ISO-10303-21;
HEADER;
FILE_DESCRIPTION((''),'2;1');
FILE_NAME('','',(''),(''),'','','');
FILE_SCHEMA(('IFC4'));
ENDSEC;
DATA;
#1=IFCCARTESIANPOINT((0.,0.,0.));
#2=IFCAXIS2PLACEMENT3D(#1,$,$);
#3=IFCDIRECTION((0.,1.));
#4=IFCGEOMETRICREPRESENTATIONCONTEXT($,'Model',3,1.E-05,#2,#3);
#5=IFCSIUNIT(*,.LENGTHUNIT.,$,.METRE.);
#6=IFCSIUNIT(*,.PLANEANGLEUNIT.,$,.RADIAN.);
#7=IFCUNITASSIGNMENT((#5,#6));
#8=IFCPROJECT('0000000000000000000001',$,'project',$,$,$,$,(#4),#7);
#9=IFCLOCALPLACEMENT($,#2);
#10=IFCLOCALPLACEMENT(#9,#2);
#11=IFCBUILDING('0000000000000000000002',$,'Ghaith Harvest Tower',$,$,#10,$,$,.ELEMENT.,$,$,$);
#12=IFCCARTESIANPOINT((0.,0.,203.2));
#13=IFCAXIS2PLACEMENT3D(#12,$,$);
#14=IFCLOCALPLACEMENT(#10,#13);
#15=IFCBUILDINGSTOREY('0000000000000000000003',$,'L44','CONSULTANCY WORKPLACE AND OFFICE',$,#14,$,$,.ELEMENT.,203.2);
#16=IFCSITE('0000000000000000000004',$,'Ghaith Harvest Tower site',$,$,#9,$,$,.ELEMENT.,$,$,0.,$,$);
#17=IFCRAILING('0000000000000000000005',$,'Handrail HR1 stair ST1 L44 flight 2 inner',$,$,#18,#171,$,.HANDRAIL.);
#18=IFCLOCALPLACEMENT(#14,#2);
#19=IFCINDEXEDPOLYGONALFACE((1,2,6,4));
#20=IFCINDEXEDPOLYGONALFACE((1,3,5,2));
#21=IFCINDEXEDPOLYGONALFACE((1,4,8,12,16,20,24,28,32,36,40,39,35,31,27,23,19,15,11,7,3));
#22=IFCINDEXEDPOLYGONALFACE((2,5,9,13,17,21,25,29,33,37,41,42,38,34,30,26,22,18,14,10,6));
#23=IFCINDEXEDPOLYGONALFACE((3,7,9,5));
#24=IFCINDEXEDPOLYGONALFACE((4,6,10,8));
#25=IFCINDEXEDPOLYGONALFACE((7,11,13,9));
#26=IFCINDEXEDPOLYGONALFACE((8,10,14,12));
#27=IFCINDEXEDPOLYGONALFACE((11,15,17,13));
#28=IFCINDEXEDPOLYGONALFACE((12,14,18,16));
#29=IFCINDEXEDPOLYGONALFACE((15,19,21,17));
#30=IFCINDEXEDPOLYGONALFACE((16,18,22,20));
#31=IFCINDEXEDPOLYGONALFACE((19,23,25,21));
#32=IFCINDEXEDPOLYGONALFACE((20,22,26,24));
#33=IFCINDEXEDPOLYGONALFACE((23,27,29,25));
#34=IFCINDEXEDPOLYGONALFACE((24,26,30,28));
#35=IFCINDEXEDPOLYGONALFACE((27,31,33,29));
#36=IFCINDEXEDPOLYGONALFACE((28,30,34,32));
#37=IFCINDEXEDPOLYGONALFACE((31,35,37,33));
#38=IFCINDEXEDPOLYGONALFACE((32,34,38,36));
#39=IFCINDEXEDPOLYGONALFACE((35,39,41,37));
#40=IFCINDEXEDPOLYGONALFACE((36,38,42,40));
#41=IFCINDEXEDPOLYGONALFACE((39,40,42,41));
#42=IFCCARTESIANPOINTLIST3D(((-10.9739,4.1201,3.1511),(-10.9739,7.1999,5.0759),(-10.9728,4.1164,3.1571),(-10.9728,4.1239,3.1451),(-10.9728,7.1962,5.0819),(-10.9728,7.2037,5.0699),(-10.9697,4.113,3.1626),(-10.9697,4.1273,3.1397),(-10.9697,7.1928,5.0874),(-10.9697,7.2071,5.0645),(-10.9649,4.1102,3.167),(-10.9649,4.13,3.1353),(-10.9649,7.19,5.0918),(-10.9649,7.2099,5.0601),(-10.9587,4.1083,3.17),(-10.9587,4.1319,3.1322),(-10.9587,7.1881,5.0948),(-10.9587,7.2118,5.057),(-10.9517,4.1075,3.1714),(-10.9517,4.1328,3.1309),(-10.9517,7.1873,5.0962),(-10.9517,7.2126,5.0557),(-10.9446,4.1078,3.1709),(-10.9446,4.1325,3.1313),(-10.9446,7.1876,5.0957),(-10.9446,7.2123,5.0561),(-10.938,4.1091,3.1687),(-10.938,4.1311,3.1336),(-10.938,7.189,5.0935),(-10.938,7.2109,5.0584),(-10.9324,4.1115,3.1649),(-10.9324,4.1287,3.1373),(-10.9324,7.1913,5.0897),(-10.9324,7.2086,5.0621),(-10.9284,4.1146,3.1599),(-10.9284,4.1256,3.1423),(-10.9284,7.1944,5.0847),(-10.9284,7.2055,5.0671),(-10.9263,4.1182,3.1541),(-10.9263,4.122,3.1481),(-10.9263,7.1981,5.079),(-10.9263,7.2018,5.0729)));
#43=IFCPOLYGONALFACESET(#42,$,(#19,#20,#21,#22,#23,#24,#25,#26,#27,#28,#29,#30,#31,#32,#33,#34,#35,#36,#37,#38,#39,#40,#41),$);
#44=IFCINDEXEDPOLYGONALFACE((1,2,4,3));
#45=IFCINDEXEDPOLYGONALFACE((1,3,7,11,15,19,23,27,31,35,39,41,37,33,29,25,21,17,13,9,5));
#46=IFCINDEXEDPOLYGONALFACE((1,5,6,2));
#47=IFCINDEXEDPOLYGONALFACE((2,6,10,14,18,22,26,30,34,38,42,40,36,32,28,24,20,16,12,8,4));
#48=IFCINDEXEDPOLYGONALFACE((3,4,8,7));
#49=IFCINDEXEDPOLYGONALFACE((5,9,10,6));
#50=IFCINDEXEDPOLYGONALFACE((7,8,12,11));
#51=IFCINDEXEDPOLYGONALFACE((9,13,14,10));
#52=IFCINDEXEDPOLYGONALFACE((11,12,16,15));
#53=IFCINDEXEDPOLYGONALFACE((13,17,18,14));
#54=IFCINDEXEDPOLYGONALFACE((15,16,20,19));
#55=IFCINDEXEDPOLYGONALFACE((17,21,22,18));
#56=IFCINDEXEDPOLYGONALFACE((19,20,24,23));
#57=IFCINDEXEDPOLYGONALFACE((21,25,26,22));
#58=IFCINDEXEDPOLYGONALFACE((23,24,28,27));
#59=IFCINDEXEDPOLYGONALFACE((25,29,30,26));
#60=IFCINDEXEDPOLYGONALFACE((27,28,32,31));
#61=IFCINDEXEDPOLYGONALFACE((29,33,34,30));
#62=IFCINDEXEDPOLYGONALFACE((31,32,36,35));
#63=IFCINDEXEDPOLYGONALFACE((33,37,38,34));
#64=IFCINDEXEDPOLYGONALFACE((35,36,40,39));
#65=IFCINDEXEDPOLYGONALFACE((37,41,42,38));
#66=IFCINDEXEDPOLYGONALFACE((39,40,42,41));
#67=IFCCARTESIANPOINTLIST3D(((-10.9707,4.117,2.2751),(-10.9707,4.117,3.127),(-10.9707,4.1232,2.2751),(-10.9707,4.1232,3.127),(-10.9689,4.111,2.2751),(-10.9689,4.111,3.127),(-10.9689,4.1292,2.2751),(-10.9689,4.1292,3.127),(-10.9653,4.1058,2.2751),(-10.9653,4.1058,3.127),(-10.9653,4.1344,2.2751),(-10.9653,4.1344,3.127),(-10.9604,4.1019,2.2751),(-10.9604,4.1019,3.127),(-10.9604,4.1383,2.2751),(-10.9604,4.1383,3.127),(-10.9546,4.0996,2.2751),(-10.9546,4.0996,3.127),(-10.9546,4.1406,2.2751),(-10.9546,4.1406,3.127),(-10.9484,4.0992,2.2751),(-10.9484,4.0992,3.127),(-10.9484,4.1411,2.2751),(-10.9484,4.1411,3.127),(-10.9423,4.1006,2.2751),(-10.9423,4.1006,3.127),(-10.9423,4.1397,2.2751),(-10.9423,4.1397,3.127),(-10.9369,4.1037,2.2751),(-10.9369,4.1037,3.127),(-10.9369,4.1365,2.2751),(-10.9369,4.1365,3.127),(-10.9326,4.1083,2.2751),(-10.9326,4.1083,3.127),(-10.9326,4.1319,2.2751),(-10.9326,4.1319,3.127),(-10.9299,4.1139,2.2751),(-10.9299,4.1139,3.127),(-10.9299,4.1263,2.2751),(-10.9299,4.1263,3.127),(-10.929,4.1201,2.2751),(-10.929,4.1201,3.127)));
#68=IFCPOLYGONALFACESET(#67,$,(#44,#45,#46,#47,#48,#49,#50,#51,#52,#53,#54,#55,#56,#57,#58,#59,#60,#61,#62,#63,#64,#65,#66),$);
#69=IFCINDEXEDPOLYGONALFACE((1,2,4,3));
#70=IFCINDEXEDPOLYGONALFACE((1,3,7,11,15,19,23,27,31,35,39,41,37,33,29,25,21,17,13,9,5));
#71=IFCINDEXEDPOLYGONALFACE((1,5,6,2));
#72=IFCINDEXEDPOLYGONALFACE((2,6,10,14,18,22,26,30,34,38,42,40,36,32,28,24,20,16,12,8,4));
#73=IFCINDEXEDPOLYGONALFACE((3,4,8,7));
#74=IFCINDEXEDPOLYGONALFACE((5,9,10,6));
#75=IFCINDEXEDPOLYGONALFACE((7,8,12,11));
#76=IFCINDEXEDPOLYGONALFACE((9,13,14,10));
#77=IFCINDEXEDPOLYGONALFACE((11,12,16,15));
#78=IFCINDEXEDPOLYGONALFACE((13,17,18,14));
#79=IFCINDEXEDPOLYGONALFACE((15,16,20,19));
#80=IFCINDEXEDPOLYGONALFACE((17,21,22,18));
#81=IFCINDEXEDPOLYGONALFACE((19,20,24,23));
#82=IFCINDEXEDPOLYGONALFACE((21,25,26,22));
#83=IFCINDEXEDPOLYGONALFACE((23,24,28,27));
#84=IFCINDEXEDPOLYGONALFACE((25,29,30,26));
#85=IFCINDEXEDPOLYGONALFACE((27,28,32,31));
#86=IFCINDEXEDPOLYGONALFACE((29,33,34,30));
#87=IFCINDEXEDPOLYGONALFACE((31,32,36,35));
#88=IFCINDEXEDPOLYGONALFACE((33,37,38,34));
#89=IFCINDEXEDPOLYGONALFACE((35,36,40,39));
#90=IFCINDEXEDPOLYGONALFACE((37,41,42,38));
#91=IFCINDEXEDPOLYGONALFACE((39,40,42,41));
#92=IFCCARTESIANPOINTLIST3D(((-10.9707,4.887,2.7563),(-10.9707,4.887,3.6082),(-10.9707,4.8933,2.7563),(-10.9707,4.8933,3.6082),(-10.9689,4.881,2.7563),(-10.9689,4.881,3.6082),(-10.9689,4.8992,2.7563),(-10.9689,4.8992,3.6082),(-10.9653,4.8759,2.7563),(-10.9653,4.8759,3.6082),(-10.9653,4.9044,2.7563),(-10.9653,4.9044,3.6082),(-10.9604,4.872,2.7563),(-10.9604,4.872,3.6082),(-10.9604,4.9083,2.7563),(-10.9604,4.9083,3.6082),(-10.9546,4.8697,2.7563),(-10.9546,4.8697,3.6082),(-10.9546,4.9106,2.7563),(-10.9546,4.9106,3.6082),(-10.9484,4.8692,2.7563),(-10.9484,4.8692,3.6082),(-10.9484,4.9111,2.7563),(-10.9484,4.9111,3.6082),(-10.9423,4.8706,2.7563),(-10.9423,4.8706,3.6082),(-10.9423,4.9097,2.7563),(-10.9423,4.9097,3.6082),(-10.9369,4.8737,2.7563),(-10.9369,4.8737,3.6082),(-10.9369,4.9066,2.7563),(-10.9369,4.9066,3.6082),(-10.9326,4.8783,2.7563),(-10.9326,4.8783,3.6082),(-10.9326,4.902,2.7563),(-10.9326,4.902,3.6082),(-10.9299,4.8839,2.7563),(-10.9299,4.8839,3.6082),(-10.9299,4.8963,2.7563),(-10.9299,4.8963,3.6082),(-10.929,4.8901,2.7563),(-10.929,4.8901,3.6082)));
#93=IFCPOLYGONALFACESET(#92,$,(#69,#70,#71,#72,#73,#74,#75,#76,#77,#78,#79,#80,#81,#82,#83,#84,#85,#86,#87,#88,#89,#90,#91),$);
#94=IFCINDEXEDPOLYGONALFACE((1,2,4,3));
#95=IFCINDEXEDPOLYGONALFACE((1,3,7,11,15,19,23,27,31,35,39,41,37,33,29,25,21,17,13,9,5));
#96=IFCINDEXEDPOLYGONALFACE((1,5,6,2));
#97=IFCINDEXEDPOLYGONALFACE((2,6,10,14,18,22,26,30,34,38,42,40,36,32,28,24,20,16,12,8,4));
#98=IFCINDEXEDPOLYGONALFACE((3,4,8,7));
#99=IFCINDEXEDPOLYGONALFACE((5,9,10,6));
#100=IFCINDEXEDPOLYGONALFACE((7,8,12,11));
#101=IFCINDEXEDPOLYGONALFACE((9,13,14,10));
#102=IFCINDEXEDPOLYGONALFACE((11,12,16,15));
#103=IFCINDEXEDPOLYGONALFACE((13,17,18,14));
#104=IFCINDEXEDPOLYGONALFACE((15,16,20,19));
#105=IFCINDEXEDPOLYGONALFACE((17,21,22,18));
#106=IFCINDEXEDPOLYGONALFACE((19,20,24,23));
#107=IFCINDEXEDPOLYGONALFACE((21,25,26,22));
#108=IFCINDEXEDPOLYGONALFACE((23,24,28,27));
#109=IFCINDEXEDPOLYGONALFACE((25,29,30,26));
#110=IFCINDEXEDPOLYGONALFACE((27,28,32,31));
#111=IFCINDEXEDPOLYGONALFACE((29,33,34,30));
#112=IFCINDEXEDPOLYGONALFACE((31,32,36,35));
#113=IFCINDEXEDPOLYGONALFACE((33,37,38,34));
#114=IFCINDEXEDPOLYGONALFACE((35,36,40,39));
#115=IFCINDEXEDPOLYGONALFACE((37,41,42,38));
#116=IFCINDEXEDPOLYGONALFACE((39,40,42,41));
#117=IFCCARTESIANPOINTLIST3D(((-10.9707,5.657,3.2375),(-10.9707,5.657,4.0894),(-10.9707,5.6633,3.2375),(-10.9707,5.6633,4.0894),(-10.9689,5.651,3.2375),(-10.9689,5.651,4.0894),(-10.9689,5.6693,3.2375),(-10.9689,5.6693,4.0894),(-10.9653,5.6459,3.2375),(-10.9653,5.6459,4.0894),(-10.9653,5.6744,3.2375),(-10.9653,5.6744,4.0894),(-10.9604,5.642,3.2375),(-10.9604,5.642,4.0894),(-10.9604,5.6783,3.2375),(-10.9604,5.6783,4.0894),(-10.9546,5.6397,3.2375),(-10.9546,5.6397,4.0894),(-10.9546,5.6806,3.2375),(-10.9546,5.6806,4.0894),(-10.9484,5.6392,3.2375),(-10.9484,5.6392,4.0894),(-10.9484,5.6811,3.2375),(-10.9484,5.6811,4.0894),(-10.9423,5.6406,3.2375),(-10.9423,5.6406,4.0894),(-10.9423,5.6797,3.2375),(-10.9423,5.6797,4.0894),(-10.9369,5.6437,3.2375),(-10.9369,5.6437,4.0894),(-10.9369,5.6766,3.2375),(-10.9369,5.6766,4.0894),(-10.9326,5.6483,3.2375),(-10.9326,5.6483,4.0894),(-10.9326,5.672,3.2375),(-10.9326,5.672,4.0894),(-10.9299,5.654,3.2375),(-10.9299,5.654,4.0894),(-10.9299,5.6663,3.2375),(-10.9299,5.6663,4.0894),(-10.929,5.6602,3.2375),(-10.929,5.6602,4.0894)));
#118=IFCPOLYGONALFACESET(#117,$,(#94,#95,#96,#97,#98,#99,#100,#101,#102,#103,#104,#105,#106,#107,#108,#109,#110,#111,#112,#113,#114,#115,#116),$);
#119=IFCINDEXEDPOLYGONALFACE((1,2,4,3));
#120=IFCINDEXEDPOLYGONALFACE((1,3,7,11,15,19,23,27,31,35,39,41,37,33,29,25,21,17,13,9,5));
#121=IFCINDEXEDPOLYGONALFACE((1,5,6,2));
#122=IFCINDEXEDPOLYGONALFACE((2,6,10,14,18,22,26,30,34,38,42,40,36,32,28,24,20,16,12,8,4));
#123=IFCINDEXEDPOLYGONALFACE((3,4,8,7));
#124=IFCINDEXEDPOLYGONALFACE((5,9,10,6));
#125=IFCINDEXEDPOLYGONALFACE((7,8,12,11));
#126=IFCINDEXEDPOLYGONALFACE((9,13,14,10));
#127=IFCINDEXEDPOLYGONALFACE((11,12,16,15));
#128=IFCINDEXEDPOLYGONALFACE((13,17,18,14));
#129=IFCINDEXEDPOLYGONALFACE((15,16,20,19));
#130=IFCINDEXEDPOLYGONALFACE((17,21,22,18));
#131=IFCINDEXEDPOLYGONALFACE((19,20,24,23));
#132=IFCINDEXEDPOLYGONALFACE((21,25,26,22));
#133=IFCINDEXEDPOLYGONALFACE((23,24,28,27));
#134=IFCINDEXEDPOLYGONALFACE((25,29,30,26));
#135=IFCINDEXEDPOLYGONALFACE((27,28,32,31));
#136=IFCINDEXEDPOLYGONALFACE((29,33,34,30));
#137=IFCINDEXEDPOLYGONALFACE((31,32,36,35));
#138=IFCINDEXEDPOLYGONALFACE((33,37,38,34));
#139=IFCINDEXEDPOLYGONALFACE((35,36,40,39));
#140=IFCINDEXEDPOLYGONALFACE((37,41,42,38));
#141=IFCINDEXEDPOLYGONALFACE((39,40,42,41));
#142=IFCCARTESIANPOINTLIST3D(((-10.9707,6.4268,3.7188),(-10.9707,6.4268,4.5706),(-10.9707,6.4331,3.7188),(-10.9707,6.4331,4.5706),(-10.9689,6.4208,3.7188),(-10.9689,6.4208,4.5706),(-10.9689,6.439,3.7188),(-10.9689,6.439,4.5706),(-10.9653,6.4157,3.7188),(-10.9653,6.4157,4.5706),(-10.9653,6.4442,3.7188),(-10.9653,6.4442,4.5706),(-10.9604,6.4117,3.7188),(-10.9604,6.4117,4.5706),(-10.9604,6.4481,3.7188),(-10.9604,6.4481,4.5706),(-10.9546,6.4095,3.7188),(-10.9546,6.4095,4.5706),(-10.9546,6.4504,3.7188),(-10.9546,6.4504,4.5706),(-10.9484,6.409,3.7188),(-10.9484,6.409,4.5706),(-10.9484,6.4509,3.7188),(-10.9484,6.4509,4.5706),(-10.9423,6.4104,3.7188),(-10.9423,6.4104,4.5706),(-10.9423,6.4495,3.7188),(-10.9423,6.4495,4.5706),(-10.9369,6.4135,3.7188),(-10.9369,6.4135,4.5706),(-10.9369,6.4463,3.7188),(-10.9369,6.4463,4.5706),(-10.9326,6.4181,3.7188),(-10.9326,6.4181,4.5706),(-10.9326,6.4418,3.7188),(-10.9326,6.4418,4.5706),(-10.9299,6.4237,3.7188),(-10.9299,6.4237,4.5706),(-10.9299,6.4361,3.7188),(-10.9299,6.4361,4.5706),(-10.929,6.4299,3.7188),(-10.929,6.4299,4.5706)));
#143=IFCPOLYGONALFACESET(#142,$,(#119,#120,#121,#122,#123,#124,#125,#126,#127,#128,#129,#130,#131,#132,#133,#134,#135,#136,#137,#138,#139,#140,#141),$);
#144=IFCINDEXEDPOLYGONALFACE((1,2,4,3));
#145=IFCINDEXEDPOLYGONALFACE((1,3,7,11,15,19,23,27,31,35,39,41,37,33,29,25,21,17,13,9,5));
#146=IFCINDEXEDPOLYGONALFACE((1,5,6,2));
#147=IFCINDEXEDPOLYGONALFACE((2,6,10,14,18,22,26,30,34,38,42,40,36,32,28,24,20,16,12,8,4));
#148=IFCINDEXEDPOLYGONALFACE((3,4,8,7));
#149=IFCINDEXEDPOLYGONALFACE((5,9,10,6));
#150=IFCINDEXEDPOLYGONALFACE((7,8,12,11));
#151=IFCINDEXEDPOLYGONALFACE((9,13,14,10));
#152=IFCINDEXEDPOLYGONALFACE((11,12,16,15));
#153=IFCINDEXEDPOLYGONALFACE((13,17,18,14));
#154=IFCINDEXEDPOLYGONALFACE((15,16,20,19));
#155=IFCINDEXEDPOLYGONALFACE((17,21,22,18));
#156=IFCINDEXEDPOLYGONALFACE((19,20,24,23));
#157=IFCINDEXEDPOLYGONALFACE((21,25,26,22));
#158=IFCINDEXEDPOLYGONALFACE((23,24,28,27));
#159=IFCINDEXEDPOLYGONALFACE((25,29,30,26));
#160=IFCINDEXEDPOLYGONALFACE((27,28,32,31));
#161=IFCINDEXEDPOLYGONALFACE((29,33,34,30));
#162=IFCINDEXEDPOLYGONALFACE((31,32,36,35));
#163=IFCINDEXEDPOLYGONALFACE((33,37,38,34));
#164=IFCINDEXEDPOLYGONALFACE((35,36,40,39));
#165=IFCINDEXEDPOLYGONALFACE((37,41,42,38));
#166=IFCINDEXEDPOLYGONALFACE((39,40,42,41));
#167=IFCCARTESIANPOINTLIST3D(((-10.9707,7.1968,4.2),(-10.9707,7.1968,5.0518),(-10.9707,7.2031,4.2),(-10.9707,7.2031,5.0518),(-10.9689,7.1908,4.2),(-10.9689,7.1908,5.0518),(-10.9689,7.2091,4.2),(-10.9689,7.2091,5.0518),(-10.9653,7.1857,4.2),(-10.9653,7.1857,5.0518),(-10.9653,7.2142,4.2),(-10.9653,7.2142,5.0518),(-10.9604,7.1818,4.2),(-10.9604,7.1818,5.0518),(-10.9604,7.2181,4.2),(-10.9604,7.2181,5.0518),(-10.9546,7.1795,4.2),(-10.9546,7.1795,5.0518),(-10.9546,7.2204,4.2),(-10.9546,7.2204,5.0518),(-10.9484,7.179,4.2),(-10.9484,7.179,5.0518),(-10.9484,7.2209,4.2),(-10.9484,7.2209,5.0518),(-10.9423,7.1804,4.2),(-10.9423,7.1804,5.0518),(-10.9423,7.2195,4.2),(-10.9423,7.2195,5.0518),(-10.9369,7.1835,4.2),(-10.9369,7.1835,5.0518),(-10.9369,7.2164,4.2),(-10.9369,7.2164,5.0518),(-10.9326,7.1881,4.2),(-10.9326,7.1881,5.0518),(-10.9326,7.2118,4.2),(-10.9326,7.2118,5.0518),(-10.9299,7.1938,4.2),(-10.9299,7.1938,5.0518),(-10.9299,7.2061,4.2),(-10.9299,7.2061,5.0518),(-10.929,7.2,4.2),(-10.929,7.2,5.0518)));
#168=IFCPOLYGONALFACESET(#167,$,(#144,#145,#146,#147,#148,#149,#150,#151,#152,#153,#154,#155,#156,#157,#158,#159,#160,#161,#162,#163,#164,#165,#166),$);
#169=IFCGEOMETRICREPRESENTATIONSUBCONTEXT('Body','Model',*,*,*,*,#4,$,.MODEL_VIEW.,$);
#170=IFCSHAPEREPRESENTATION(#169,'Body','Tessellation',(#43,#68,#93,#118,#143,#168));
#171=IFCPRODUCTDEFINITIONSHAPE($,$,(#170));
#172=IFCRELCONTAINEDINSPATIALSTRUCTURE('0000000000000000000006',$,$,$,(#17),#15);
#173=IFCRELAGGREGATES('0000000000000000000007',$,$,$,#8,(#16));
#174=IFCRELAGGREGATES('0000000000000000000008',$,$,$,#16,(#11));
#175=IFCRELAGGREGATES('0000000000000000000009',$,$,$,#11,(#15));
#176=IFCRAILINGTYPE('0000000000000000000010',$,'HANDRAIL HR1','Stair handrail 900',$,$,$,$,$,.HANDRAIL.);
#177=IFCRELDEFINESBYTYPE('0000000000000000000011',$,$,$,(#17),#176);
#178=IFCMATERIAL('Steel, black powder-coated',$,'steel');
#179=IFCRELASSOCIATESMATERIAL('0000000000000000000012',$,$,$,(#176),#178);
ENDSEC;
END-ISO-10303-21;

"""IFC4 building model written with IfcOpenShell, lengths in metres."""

from ifc_helpers import new_model, si_unit, direction, frame, origin, origin_2d, place, context, subcontext, project, spatial, circle, extrude, material, type_object, element, save


model = new_model("IFC4")

# Units and contexts
model_context = context("Model", 3, precision=1e-05, world=origin(), true_north=direction((0.0, 1.0)))
body_context = subcontext(model_context, "Body", "Model", "MODEL_VIEW")
ifc_project = project(units=[si_unit("LENGTHUNIT", "METRE"), si_unit("PLANEANGLEUNIT", "RADIAN")], contexts=[model_context])

# Site, building, storey
site_placement = place(None, origin())
site = spatial("IfcSite", under=ifc_project, at=site_placement, Name="Ghaith Harvest Tower site", CompositionType="ELEMENT", RefElevation=0.0)
building_placement = place(site_placement, origin())
building = spatial("IfcBuilding", under=site, at=building_placement, Name="Ghaith Harvest Tower", CompositionType="ELEMENT")
storey_placement = place(building_placement, frame((0.0, 0.0, 203.2)))
storey = spatial("IfcBuildingStorey", under=building, at=storey_placement, Name="L44", Description="CONSULTANCY WORKPLACE AND OFFICE", CompositionType="ELEMENT", Elevation=203.2)

# Railing
ifc_material_1 = material(Name="Steel, black powder-coated", Category="steel")
railing_type = type_object("IfcRailingType", Name="HANDRAIL HR1", Description="Stair handrail 900", PredefinedType="HANDRAIL", material=ifc_material_1)
railing_1_placement = place(storey_placement, frame((-10.95, 4.1201, 2.2751)))
element("IfcRailing", 1, at=railing_1_placement, inside=storey, type_object=railing_type, Name="Handrail HR1 stair ST1 L44 flight 2 inner", PredefinedType="HANDRAIL", context=body_context, shape_type="SweptSolid", body=[
    extrude(circle(Radius=0.0239, at=origin_2d()), frame((0.0, 0.0, 0.876), z_axis=(0.0, 0.84801, 0.529981), x_axis=(-1.0, 0.0, 0.0)), (0.0, 0.0, 1.0), 3.6318),
    extrude(circle(Radius=0.021, at=origin_2d()), origin(), (0.0, 0.0, 1.0), 0.8518),
    extrude(circle(Radius=0.021, at=origin_2d()), frame((0.0, 0.77, 0.4812)), (0.0, 0.0, 1.0), 0.8518),
    extrude(circle(Radius=0.021, at=origin_2d()), frame((0.0, 1.54, 0.9624)), (0.0, 0.0, 1.0), 0.8518),
    extrude(circle(Radius=0.021, at=origin_2d()), frame((0.0, 2.3098, 1.4436)), (0.0, 0.0, 1.0), 0.8518),
    extrude(circle(Radius=0.021, at=origin_2d()), frame((0.0, 3.0798, 1.9248)), (0.0, 0.0, 1.0), 0.8518),
])

save(model, "model.ifc")
